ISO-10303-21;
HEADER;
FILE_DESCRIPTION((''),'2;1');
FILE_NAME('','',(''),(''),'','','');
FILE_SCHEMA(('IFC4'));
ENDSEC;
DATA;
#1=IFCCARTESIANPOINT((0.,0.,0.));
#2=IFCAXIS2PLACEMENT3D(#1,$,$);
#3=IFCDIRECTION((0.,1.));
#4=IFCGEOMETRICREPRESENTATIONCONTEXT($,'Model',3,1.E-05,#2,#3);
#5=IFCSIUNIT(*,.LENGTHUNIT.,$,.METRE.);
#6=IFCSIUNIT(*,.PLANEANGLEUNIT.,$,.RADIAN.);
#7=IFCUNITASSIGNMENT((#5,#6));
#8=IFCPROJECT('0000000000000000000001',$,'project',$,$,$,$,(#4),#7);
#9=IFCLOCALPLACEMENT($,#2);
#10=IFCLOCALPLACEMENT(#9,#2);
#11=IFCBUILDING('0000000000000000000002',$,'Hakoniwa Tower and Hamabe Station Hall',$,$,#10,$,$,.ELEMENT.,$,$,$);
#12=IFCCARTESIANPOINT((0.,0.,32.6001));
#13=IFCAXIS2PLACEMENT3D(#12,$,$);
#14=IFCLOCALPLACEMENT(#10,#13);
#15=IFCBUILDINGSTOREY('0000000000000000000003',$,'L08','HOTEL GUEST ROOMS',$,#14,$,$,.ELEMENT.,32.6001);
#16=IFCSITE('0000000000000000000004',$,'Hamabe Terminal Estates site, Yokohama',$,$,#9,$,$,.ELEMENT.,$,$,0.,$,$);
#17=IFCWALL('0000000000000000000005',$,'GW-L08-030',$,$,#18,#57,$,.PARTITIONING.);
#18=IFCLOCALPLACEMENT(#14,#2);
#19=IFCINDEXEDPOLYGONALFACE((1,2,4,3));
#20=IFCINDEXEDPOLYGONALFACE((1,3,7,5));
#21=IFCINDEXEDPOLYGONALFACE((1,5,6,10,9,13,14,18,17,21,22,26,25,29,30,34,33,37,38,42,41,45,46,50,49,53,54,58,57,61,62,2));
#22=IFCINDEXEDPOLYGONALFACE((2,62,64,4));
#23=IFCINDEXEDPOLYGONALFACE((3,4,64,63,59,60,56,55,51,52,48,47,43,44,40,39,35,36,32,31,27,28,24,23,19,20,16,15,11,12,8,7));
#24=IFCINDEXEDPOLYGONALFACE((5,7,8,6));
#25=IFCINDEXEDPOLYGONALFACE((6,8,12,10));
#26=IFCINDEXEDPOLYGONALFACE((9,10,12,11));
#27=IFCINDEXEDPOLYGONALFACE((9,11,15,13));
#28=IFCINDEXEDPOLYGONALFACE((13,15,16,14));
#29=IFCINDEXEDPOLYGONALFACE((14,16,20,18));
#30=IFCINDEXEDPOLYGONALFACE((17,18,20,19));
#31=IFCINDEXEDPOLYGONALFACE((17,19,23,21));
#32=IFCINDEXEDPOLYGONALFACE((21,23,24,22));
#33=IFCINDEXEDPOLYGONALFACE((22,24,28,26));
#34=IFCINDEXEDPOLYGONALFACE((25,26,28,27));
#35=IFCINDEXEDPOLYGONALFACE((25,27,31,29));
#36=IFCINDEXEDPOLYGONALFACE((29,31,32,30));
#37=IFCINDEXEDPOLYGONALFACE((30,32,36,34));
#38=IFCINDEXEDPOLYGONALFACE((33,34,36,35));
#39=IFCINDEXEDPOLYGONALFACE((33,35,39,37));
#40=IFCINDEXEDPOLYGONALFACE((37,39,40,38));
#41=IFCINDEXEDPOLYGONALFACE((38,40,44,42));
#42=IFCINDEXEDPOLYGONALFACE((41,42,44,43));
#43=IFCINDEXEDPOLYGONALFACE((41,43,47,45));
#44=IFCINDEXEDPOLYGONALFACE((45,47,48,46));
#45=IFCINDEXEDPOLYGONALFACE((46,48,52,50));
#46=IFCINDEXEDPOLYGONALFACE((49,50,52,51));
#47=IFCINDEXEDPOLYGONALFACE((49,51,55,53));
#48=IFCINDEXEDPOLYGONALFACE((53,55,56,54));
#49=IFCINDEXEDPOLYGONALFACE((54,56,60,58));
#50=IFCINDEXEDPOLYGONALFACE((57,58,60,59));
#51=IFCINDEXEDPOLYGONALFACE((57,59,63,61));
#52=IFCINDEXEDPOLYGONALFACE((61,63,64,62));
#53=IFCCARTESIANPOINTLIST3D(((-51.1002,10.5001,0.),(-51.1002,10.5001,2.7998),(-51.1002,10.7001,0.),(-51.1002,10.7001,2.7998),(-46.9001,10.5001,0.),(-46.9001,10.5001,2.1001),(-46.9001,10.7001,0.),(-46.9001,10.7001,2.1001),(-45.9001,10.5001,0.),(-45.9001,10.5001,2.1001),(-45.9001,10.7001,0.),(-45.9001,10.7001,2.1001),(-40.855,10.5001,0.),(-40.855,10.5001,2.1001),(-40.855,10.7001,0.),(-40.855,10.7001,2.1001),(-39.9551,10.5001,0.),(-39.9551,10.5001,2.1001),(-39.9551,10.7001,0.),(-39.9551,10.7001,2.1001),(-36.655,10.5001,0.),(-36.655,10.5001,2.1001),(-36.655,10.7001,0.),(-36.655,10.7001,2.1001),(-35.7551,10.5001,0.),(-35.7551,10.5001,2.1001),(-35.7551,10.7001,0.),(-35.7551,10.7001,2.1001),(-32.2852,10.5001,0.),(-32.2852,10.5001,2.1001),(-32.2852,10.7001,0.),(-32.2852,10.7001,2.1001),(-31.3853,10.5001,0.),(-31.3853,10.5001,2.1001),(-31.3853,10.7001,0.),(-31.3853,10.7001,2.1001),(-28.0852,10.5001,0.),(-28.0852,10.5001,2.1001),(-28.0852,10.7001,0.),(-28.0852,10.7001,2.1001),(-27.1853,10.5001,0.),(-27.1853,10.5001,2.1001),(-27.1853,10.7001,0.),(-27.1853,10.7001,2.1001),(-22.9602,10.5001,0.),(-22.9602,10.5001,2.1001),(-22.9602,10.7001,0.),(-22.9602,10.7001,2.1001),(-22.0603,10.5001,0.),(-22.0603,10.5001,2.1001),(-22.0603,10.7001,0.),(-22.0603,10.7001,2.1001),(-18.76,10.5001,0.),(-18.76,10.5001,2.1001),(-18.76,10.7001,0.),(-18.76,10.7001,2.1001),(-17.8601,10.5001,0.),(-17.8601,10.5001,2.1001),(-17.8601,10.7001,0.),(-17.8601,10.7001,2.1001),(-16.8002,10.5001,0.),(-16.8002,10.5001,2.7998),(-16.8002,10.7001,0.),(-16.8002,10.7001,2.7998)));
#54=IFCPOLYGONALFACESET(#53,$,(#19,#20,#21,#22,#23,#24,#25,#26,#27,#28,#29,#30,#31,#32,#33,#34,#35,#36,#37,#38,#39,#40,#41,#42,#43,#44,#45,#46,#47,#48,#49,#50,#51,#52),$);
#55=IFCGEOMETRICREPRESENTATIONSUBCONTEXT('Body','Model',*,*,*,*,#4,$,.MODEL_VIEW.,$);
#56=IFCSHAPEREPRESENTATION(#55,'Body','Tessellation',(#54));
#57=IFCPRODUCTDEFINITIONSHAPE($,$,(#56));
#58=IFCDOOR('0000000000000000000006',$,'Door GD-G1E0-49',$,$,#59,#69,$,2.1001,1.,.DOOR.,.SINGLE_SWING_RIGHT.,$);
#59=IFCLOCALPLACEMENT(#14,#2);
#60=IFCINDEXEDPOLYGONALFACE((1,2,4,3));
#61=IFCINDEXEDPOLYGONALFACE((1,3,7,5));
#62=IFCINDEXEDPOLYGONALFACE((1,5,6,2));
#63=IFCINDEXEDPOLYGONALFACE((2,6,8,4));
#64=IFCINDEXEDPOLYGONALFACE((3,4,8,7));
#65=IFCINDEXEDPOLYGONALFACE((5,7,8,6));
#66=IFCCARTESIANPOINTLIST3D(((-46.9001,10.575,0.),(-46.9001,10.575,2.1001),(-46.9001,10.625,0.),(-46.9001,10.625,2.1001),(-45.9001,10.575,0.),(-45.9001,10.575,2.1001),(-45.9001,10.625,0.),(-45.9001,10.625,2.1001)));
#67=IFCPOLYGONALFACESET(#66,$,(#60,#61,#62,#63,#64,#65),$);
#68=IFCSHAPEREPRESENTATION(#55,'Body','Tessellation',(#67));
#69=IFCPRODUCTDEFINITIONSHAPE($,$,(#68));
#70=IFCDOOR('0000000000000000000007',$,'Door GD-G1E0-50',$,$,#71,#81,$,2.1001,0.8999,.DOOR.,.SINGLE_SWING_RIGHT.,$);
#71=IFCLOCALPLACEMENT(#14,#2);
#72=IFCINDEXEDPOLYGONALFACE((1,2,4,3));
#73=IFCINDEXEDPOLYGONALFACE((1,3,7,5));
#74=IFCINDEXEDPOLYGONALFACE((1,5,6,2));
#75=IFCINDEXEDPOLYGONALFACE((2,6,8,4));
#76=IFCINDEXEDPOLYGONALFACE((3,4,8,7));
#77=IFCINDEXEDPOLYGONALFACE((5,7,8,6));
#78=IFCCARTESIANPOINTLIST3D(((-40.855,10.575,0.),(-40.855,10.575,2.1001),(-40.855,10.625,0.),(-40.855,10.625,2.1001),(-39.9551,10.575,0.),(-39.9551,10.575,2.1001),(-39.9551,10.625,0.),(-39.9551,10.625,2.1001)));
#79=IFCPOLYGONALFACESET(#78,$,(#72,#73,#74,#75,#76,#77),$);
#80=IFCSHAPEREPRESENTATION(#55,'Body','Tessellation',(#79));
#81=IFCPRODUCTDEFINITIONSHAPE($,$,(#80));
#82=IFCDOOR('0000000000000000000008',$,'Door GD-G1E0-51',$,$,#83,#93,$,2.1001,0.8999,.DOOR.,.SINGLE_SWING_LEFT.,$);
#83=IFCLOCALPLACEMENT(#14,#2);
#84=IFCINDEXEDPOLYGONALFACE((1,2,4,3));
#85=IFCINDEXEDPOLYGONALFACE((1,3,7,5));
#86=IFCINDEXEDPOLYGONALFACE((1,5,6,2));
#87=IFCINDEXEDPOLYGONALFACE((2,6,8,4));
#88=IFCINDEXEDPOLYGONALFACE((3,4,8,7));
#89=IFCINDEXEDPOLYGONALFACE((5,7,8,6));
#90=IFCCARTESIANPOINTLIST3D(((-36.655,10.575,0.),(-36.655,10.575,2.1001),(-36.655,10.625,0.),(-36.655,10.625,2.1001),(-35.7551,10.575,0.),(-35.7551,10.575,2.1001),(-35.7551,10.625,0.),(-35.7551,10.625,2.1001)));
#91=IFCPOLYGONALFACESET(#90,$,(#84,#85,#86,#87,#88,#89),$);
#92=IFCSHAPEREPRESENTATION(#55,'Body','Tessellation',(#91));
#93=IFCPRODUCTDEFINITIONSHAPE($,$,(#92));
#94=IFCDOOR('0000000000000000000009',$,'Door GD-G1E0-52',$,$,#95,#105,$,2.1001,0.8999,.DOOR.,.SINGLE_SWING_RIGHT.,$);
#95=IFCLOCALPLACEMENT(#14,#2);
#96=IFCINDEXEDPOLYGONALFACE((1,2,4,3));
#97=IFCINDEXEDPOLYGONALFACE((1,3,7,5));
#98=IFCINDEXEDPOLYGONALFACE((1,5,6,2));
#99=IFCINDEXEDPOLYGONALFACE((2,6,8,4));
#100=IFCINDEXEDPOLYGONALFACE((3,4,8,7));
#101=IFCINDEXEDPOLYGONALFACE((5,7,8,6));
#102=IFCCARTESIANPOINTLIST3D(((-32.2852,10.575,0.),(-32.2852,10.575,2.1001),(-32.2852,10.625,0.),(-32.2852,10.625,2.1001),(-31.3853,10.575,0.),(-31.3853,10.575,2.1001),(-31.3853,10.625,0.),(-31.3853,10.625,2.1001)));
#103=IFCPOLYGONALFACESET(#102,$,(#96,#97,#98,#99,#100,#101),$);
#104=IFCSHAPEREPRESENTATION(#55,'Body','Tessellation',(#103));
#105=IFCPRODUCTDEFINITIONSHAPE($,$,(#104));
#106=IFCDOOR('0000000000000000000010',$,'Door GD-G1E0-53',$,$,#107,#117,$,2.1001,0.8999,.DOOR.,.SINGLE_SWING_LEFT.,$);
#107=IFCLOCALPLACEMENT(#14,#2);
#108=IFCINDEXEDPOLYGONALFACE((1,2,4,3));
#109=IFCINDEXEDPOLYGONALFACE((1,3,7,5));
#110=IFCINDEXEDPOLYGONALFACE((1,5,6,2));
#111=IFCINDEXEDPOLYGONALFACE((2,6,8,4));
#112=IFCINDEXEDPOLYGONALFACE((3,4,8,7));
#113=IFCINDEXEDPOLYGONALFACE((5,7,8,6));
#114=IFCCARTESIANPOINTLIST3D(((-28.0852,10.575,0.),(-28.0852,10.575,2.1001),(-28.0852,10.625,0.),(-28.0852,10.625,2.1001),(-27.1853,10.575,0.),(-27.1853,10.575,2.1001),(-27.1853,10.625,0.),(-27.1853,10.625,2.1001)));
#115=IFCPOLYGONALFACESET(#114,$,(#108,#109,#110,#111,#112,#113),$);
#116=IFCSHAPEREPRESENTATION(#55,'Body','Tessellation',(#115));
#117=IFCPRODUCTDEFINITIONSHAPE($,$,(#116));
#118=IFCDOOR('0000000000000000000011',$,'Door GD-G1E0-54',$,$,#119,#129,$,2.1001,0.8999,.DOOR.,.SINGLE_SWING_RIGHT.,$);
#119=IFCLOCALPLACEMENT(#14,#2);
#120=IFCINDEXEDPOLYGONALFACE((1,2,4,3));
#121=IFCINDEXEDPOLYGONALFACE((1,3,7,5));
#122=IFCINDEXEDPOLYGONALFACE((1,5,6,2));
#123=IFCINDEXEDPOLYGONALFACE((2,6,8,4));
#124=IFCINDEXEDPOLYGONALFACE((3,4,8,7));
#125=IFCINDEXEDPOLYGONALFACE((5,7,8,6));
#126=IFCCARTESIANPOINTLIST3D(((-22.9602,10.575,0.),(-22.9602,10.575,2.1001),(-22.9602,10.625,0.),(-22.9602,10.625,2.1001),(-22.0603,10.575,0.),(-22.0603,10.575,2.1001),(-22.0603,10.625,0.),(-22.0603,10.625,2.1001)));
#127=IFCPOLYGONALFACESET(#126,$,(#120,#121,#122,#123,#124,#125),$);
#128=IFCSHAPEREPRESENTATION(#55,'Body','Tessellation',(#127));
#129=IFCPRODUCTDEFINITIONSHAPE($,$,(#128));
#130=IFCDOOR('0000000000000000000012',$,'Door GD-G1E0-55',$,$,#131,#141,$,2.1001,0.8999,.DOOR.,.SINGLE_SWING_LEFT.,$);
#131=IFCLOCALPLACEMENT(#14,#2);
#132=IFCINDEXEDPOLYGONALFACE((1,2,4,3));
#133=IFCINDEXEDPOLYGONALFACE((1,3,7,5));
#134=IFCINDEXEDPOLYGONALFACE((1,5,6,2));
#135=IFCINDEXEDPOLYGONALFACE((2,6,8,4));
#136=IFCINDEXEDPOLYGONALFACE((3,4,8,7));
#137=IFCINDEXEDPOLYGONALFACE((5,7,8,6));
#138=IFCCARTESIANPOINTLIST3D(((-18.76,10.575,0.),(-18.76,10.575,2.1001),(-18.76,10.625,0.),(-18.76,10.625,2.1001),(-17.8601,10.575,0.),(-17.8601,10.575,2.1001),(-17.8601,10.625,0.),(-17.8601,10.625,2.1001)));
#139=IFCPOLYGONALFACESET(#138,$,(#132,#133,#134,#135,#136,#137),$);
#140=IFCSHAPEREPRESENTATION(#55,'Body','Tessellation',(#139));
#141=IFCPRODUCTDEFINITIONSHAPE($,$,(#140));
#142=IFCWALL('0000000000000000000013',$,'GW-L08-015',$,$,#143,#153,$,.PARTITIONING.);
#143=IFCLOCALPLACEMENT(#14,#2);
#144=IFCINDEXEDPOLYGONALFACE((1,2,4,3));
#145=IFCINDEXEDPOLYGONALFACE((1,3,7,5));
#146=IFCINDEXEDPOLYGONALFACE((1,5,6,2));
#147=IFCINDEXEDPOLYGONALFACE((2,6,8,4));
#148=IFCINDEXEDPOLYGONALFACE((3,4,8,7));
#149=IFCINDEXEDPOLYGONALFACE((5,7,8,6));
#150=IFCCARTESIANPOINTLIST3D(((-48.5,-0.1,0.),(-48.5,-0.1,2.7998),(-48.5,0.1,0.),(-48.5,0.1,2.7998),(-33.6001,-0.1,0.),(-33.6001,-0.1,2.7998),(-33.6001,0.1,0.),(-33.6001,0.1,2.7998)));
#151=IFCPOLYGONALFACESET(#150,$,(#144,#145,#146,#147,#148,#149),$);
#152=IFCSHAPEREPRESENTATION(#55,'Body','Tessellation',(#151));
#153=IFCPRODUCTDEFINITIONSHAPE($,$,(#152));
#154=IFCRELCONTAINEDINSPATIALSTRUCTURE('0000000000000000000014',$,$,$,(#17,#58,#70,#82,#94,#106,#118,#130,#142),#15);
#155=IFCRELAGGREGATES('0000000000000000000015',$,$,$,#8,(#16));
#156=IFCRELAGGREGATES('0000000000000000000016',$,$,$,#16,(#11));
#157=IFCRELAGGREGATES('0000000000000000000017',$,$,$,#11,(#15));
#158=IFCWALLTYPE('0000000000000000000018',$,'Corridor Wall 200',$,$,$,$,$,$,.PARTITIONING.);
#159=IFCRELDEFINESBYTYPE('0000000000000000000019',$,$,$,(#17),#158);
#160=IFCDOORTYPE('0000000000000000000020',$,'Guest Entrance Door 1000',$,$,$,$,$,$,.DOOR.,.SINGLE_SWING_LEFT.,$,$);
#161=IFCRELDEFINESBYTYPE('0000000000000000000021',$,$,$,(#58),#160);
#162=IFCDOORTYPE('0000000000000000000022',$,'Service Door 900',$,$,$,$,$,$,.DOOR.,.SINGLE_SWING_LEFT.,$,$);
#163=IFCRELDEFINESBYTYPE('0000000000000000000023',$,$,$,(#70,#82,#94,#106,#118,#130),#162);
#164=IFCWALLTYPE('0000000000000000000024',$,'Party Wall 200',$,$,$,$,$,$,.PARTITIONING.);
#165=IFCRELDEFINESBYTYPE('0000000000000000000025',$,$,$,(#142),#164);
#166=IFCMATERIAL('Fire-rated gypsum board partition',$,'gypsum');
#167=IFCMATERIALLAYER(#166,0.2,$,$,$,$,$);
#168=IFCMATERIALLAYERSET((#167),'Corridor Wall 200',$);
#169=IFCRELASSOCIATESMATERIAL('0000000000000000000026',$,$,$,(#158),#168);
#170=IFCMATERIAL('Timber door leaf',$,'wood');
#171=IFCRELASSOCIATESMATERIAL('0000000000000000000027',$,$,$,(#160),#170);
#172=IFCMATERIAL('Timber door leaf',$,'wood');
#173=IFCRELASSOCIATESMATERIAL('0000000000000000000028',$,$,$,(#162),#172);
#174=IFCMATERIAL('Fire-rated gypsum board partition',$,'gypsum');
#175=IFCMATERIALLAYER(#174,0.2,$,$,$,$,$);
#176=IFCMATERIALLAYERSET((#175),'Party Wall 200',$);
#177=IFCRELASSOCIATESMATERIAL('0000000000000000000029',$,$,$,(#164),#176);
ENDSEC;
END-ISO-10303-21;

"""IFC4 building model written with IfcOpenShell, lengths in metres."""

from ifc_helpers import new_model, si_unit, direction, frame, frame_2d, origin, place, context, subcontext, project, spatial, rectangle, extrude, material, layer, layer_set, type_object, element, fill, save


model = new_model("IFC4")

# Units and contexts
model_context = context("Model", 3, precision=1e-05, world=origin(), true_north=direction((0.0, 1.0)))
body_context = subcontext(model_context, "Body", "Model", "MODEL_VIEW")
ifc_project = project(units=[si_unit("LENGTHUNIT", "METRE"), si_unit("PLANEANGLEUNIT", "RADIAN")], contexts=[model_context])

# Site, building, storey
site_placement = place(None, origin())
site = spatial("IfcSite", under=ifc_project, at=site_placement, Name="Hamabe Terminal Estates site, Yokohama", CompositionType="ELEMENT", RefElevation=0.0)
building_placement = place(site_placement, origin())
building = spatial("IfcBuilding", under=site, at=building_placement, Name="Hakoniwa Tower and Hamabe Station Hall", CompositionType="ELEMENT")
storey_placement = place(building_placement, frame((0.0, 0.0, 32.6001)))
storey = spatial("IfcBuildingStorey", under=building, at=storey_placement, Name="L08", Description="HOTEL GUEST ROOMS", CompositionType="ELEMENT", Elevation=32.6001)

# Wall, openings, doors
ifc_material_1 = material(Name="Fire-rated gypsum board partition", Category="gypsum")
ifc_layer_1 = layer(ifc_material_1, 0.2)
ifc_layer_set_1 = layer_set([ifc_layer_1], Name="Corridor Wall 200")
wall_type_1 = type_object("IfcWallType", Name="Corridor Wall 200", PredefinedType="PARTITIONING", material=ifc_layer_set_1)
ifc_material_2 = material(Name="Timber door leaf", Category="wood")
door_type_1 = type_object("IfcDoorType", Name="Guest Entrance Door 1000", OperationType="SINGLE_SWING_LEFT", PredefinedType="DOOR", material=ifc_material_2)
wall_1_placement = place(storey_placement, frame((-51.1001, 10.6001, 0.0), z_axis=(0.0, 0.0, 1.0), x_axis=(1.0, 0.0, 0.0)))
wall_1 = element("IfcWall", 1, at=wall_1_placement, inside=storey, type_object=wall_type_1, Name="GW-L08-030", PredefinedType="PARTITIONING", context=body_context, shape_type="SweptSolid", body=[
    extrude(rectangle(XDim=34.3, YDim=0.2, at=frame_2d((17.1499, 0.0))), origin(), (0.0, 0.0, 1.0), 2.7998),
])
opening_1_placement = place(wall_1_placement, frame((4.2, 0.0, 0.0)))
opening_1 = element("IfcOpeningElement", 2, at=opening_1_placement, cuts=wall_1, PredefinedType="OPENING", context=body_context, shape_type="SweptSolid", body=[
    extrude(rectangle(XDim=1.0, YDim=2.1001, at=frame_2d((0.5, 1.05))), frame((0.0, 0.1099, 0.0), z_axis=(0.0, -1.0, 0.0), x_axis=(1.0, 0.0, 0.0)), (0.0, 0.0, 1.0), 0.22),
])
opening_2_placement = place(wall_1_placement, frame((10.2451, 0.0, 0.0)))
opening_2 = element("IfcOpeningElement", 3, at=opening_2_placement, cuts=wall_1, PredefinedType="OPENING", context=body_context, shape_type="SweptSolid", body=[
    extrude(rectangle(XDim=0.8999, YDim=2.1001, at=frame_2d((0.45, 1.05))), frame((0.0, 0.1099, 0.0), z_axis=(0.0, -1.0, 0.0), x_axis=(1.0, 0.0, 0.0)), (0.0, 0.0, 1.0), 0.22),
])
opening_3_placement = place(wall_1_placement, frame((14.4451, 0.0, 0.0)))
opening_3 = element("IfcOpeningElement", 4, at=opening_3_placement, cuts=wall_1, PredefinedType="OPENING", context=body_context, shape_type="SweptSolid", body=[
    extrude(rectangle(XDim=0.8999, YDim=2.1001, at=frame_2d((0.45, 1.05))), frame((0.0, 0.1099, 0.0), z_axis=(0.0, -1.0, 0.0), x_axis=(1.0, 0.0, 0.0)), (0.0, 0.0, 1.0), 0.22),
])
opening_4_placement = place(wall_1_placement, frame((18.8149, 0.0, 0.0)))
opening_4 = element("IfcOpeningElement", 5, at=opening_4_placement, cuts=wall_1, PredefinedType="OPENING", context=body_context, shape_type="SweptSolid", body=[
    extrude(rectangle(XDim=0.8999, YDim=2.1001, at=frame_2d((0.45, 1.05))), frame((0.0, 0.1099, 0.0), z_axis=(0.0, -1.0, 0.0), x_axis=(1.0, 0.0, 0.0)), (0.0, 0.0, 1.0), 0.22),
])
opening_5_placement = place(wall_1_placement, frame((23.0149, 0.0, 0.0)))
opening_5 = element("IfcOpeningElement", 6, at=opening_5_placement, cuts=wall_1, PredefinedType="OPENING", context=body_context, shape_type="SweptSolid", body=[
    extrude(rectangle(XDim=0.8999, YDim=2.1001, at=frame_2d((0.45, 1.05))), frame((0.0, 0.1099, 0.0), z_axis=(0.0, -1.0, 0.0), x_axis=(1.0, 0.0, 0.0)), (0.0, 0.0, 1.0), 0.22),
])
opening_6_placement = place(wall_1_placement, frame((28.1399, 0.0, 0.0)))
opening_6 = element("IfcOpeningElement", 7, at=opening_6_placement, cuts=wall_1, PredefinedType="OPENING", context=body_context, shape_type="SweptSolid", body=[
    extrude(rectangle(XDim=0.8999, YDim=2.1001, at=frame_2d((0.45, 1.05))), frame((0.0, 0.1099, 0.0), z_axis=(0.0, -1.0, 0.0), x_axis=(1.0, 0.0, 0.0)), (0.0, 0.0, 1.0), 0.22),
])
opening_7_placement = place(wall_1_placement, frame((32.3401, 0.0, 0.0)))
opening_7 = element("IfcOpeningElement", 8, at=opening_7_placement, cuts=wall_1, PredefinedType="OPENING", context=body_context, shape_type="SweptSolid", body=[
    extrude(rectangle(XDim=0.8999, YDim=2.1001, at=frame_2d((0.45, 1.05))), frame((0.0, 0.1099, 0.0), z_axis=(0.0, -1.0, 0.0), x_axis=(1.0, 0.0, 0.0)), (0.0, 0.0, 1.0), 0.22),
])
door_1_placement = place(opening_1_placement, origin())
door_1 = element("IfcDoor", 9, at=door_1_placement, inside=storey, type_object=door_type_1, Name="Door GD-G1E0-49", OperationType="SINGLE_SWING_RIGHT", OverallHeight=2.1001, OverallWidth=1.0, PredefinedType="DOOR", context=body_context, shape_type="SweptSolid", body=[
    extrude(rectangle(XDim=1.0, YDim=2.1001, at=frame_2d((0.5, 1.05))), frame((0.0, 0.0249, 0.0), z_axis=(0.0, -1.0, 0.0), x_axis=(1.0, 0.0, 0.0)), (0.0, 0.0, 1.0), 0.05),
])
fill(opening_1, door_1)
ifc_material_3 = material(Name="Timber door leaf", Category="wood")
door_type_2 = type_object("IfcDoorType", Name="Service Door 900", OperationType="SINGLE_SWING_LEFT", PredefinedType="DOOR", material=ifc_material_3)
door_2_placement = place(opening_2_placement, origin())
door_2 = element("IfcDoor", 10, at=door_2_placement, inside=storey, type_object=door_type_2, Name="Door GD-G1E0-50", OperationType="SINGLE_SWING_RIGHT", OverallHeight=2.1001, OverallWidth=0.8999, PredefinedType="DOOR", context=body_context, shape_type="SweptSolid", body=[
    extrude(rectangle(XDim=0.8999, YDim=2.1001, at=frame_2d((0.45, 1.05))), frame((0.0, 0.0249, 0.0), z_axis=(0.0, -1.0, 0.0), x_axis=(1.0, 0.0, 0.0)), (0.0, 0.0, 1.0), 0.05),
])
fill(opening_2, door_2)
door_3_placement = place(opening_3_placement, origin())
door_3 = element("IfcDoor", 11, at=door_3_placement, inside=storey, type_object=door_type_2, Name="Door GD-G1E0-51", OperationType="SINGLE_SWING_LEFT", OverallHeight=2.1001, OverallWidth=0.8999, PredefinedType="DOOR", context=body_context, shape_type="SweptSolid", body=[
    extrude(rectangle(XDim=0.8999, YDim=2.1001, at=frame_2d((0.45, 1.05))), frame((0.0, 0.0249, 0.0), z_axis=(0.0, -1.0, 0.0), x_axis=(1.0, 0.0, 0.0)), (0.0, 0.0, 1.0), 0.05),
])
fill(opening_3, door_3)
door_4_placement = place(opening_4_placement, origin())
door_4 = element("IfcDoor", 12, at=door_4_placement, inside=storey, type_object=door_type_2, Name="Door GD-G1E0-52", OperationType="SINGLE_SWING_RIGHT", OverallHeight=2.1001, OverallWidth=0.8999, PredefinedType="DOOR", context=body_context, shape_type="SweptSolid", body=[
    extrude(rectangle(XDim=0.8999, YDim=2.1001, at=frame_2d((0.45, 1.05))), frame((0.0, 0.0249, 0.0), z_axis=(0.0, -1.0, 0.0), x_axis=(1.0, 0.0, 0.0)), (0.0, 0.0, 1.0), 0.05),
])
fill(opening_4, door_4)
door_5_placement = place(opening_5_placement, origin())
door_5 = element("IfcDoor", 13, at=door_5_placement, inside=storey, type_object=door_type_2, Name="Door GD-G1E0-53", OperationType="SINGLE_SWING_LEFT", OverallHeight=2.1001, OverallWidth=0.8999, PredefinedType="DOOR", context=body_context, shape_type="SweptSolid", body=[
    extrude(rectangle(XDim=0.8999, YDim=2.1001, at=frame_2d((0.45, 1.05))), frame((0.0, 0.0249, 0.0), z_axis=(0.0, -1.0, 0.0), x_axis=(1.0, 0.0, 0.0)), (0.0, 0.0, 1.0), 0.05),
])
fill(opening_5, door_5)
door_6_placement = place(opening_6_placement, origin())
door_6 = element("IfcDoor", 14, at=door_6_placement, inside=storey, type_object=door_type_2, Name="Door GD-G1E0-54", OperationType="SINGLE_SWING_RIGHT", OverallHeight=2.1001, OverallWidth=0.8999, PredefinedType="DOOR", context=body_context, shape_type="SweptSolid", body=[
    extrude(rectangle(XDim=0.8999, YDim=2.1001, at=frame_2d((0.45, 1.05))), frame((0.0, 0.0249, 0.0), z_axis=(0.0, -1.0, 0.0), x_axis=(1.0, 0.0, 0.0)), (0.0, 0.0, 1.0), 0.05),
])
fill(opening_6, door_6)
door_7_placement = place(opening_7_placement, origin())
door_7 = element("IfcDoor", 15, at=door_7_placement, inside=storey, type_object=door_type_2, Name="Door GD-G1E0-55", OperationType="SINGLE_SWING_LEFT", OverallHeight=2.1001, OverallWidth=0.8999, PredefinedType="DOOR", context=body_context, shape_type="SweptSolid", body=[
    extrude(rectangle(XDim=0.8999, YDim=2.1001, at=frame_2d((0.45, 1.05))), frame((0.0, 0.0249, 0.0), z_axis=(0.0, -1.0, 0.0), x_axis=(1.0, 0.0, 0.0)), (0.0, 0.0, 1.0), 0.05),
])
fill(opening_7, door_7)

# Wall
ifc_material_4 = material(Name="Fire-rated gypsum board partition", Category="gypsum")
ifc_layer_2 = layer(ifc_material_4, 0.2)
ifc_layer_set_2 = layer_set([ifc_layer_2], Name="Party Wall 200")
wall_type_2 = type_object("IfcWallType", Name="Party Wall 200", PredefinedType="PARTITIONING", material=ifc_layer_set_2)
wall_2_placement = place(storey_placement, frame((-48.5, 0.0, 0.0), z_axis=(0.0, 0.0, 1.0), x_axis=(1.0, 0.0, 0.0)))
element("IfcWall", 16, at=wall_2_placement, inside=storey, type_object=wall_type_2, Name="GW-L08-015", PredefinedType="PARTITIONING", context=body_context, shape_type="SweptSolid", body=[
    extrude(rectangle(XDim=14.8999, YDim=0.2, at=frame_2d((7.45, 0.0))), origin(), (0.0, 0.0, 1.0), 2.7998),
])

save(model, "model.ifc")
